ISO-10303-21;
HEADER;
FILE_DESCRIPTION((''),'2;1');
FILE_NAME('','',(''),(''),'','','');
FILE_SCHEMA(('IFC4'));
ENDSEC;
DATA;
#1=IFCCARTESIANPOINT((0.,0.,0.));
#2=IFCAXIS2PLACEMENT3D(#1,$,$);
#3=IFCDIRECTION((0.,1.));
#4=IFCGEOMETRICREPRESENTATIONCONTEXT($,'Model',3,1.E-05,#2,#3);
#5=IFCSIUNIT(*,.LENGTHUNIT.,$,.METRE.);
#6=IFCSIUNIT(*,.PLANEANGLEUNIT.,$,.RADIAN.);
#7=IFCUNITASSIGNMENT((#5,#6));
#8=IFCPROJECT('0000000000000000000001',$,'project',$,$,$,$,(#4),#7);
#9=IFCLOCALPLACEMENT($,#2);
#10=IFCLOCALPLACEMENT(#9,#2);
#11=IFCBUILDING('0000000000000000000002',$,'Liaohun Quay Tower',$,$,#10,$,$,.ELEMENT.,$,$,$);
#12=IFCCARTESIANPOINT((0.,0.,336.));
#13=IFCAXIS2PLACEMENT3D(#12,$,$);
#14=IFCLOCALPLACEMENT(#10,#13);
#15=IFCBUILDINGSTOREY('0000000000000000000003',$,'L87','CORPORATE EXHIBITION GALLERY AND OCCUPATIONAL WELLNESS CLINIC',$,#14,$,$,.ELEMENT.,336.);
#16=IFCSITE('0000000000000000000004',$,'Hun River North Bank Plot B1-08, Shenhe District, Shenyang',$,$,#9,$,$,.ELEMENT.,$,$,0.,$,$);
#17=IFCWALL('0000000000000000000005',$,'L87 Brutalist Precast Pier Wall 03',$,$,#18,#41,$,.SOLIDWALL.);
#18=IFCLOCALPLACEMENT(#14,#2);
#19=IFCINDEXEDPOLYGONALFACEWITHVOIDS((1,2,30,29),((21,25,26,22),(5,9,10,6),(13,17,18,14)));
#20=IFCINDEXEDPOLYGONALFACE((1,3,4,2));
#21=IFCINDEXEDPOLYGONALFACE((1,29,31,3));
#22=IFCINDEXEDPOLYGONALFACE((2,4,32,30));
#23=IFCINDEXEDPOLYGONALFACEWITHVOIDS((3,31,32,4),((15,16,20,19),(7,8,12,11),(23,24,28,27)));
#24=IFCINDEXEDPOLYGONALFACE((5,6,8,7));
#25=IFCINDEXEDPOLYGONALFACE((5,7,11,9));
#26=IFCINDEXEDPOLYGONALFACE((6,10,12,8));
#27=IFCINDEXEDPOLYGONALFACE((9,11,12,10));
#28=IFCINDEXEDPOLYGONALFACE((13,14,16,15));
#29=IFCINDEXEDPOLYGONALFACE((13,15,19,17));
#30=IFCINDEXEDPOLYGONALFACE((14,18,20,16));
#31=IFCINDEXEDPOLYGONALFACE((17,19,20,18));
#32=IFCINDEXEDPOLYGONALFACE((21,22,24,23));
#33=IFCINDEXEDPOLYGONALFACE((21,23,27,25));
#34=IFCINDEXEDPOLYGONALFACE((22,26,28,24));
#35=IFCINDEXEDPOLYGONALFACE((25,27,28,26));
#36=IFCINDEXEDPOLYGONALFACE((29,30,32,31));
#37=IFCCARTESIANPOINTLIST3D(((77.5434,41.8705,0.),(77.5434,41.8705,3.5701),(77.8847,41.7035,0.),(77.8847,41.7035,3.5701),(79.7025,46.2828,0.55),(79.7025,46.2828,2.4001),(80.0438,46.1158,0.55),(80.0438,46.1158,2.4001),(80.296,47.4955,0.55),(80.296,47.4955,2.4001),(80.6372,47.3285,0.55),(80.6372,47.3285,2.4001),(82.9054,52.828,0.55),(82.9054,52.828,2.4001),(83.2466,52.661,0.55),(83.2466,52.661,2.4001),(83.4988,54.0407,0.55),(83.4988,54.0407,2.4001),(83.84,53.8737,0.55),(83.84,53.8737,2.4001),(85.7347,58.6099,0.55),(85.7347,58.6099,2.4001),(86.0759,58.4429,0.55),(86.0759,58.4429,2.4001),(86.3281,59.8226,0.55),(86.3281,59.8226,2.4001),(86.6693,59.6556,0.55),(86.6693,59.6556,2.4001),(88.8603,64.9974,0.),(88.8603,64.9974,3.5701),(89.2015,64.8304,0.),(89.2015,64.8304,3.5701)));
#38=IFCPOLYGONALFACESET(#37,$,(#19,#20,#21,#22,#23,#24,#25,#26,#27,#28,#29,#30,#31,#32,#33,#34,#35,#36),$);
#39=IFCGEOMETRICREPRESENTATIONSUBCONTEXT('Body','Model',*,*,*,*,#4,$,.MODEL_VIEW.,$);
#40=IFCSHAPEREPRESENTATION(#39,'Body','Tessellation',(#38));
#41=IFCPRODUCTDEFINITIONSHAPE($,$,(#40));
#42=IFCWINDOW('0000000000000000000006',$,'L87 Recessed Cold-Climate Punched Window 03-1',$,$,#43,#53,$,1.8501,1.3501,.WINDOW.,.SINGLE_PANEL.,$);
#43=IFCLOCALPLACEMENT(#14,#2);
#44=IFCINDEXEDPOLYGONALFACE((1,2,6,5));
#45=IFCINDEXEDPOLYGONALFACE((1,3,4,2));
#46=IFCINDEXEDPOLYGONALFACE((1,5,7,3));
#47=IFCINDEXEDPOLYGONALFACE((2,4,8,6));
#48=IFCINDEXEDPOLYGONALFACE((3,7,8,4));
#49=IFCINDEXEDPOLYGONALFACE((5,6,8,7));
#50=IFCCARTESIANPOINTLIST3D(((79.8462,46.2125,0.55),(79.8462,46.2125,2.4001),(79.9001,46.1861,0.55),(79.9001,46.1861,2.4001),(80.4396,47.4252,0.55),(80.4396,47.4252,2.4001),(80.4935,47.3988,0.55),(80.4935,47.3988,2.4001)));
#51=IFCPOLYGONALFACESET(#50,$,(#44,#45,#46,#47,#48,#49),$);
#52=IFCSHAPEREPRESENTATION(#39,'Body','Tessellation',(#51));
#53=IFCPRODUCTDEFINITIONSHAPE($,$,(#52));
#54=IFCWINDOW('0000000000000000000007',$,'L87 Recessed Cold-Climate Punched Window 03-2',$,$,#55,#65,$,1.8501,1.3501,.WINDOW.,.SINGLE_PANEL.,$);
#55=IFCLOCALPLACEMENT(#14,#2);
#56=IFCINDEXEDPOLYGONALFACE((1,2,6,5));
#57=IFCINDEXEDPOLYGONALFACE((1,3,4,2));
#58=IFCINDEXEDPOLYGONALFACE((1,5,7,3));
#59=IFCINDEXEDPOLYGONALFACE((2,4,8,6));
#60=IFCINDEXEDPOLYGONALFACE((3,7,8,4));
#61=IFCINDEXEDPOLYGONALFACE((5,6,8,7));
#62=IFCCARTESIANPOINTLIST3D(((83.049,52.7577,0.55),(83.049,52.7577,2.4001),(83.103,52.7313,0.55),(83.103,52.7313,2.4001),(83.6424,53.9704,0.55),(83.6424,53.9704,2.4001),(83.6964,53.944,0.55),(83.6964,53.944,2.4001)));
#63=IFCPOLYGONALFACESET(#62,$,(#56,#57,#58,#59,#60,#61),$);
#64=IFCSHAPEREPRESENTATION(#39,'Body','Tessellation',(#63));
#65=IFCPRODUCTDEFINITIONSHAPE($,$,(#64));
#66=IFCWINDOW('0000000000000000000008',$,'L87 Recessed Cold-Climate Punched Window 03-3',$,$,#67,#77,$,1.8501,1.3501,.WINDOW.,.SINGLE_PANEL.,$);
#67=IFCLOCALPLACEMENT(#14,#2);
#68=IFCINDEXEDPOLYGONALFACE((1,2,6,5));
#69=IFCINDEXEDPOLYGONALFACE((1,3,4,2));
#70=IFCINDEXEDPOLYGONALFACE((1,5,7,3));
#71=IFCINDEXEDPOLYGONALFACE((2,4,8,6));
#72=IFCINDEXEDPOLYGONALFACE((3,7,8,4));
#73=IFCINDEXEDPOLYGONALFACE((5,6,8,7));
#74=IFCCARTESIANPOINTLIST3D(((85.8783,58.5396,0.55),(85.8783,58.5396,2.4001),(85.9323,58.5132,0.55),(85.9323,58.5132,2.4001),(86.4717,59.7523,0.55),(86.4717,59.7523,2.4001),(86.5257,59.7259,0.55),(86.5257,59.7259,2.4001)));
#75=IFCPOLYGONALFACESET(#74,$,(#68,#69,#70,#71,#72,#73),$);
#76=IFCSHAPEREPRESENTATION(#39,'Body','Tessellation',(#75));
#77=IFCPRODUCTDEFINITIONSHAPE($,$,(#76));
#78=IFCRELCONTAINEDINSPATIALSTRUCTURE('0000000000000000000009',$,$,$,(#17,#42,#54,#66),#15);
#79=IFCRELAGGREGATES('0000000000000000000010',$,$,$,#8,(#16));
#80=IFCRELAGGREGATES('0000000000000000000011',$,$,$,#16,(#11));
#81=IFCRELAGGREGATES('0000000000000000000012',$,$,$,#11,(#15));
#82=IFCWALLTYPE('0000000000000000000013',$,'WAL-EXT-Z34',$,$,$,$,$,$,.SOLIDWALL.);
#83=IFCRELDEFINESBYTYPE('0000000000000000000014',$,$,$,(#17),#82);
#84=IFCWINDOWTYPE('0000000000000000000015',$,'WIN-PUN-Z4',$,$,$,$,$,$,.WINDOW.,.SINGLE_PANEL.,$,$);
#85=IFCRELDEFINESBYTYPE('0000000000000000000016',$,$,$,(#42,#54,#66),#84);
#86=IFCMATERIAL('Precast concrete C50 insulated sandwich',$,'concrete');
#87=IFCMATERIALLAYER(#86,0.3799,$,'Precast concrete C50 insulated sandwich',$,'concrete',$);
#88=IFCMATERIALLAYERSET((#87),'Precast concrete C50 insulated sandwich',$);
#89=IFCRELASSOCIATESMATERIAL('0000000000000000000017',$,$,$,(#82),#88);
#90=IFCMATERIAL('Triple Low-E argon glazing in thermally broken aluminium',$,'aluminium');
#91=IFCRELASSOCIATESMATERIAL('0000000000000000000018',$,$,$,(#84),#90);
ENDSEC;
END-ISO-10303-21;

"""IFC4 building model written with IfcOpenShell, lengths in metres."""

from ifc_helpers import new_model, si_unit, direction, frame, frame_2d, origin, place, context, subcontext, project, spatial, rectangle, extrude, source, transform, mapped, material, layer, layer_set, type_object, element, fill, save


model = new_model("IFC4")

# Units and contexts
model_context = context("Model", 3, precision=1e-05, world=origin(), true_north=direction((0.0, 1.0)))
body_context = subcontext(model_context, "Body", "Model", "MODEL_VIEW")
ifc_project = project(units=[si_unit("LENGTHUNIT", "METRE"), si_unit("PLANEANGLEUNIT", "RADIAN")], contexts=[model_context])

# Site, building, storey
site_placement = place(None, origin())
site = spatial("IfcSite", under=ifc_project, at=site_placement, Name="Hun River North Bank Plot B1-08, Shenhe District, Shenyang", CompositionType="ELEMENT", RefElevation=0.0)
building_placement = place(site_placement, origin())
building = spatial("IfcBuilding", under=site, at=building_placement, Name="Liaohun Quay Tower", CompositionType="ELEMENT")
storey_placement = place(building_placement, frame((0.0, 0.0, 336.0)))
storey = spatial("IfcBuildingStorey", under=building, at=storey_placement, Name="L87", Description="CORPORATE EXHIBITION GALLERY AND OCCUPATIONAL WELLNESS CLINIC", CompositionType="ELEMENT", Elevation=336.0)

# Shared definitions
ifc_material_1 = material(Name="Precast concrete C50 insulated sandwich", Category="concrete")
ifc_layer_1 = layer(ifc_material_1, 0.3799, Name="Precast concrete C50 insulated sandwich", Category="concrete")
ifc_layer_set_1 = layer_set([ifc_layer_1], Name="Precast concrete C50 insulated sandwich")
wall_type_1 = type_object("IfcWallType", Name="WAL-EXT-Z34", PredefinedType="SOLIDWALL", material=ifc_layer_set_1)

# Wall, openings, windows
shared_shape_1 = source(origin(), body_context, "Body", "SweptSolid", [
    extrude(rectangle(XDim=1.3501, YDim=1.8501, at=frame_2d((0.675, 0.925))), frame((0.0, 0.2, 0.0), z_axis=(0.0, -1.0, 0.0), x_axis=(1.0, 0.0, 0.0)), (0.0, 0.0, 1.0), 0.3999),
])
ifc_material_2 = material(Name="Triple Low-E argon glazing in thermally broken aluminium", Category="aluminium")
window_type_1 = type_object("IfcWindowType", Name="WIN-PUN-Z4", PartitioningType="SINGLE_PANEL", PredefinedType="WINDOW", material=ifc_material_2)
shared_shape_2 = source(origin(), body_context, "Body", "SweptSolid", [
    extrude(rectangle(XDim=1.3501, YDim=1.8501, at=frame_2d((0.675, 0.925))), frame((0.0, 0.03, 0.0), z_axis=(0.0, -1.0, 0.0), x_axis=(1.0, 0.0, 0.0)), (0.0, 0.0, 1.0), 0.0601),
])
wall_1_placement = place(storey_placement, frame((77.7141, 41.7871, 0.0), z_axis=(0.0, 0.0, 1.0), x_axis=(0.439536, 0.898225, 0.0)))
wall_1 = element("IfcWall", 1, at=wall_1_placement, inside=storey, type_object=wall_type_1, Name="L87 Brutalist Precast Pier Wall 03", PredefinedType="SOLIDWALL", context=body_context, shape_type="SweptSolid", body=[
    extrude(rectangle(XDim=25.7473, YDim=0.3799, at=frame_2d((12.8735, 0.0))), origin(), (0.0, 0.0, 1.0), 3.5701),
])
opening_1_placement = place(wall_1_placement, frame((4.9121, 0.0, 0.55)))
opening_1 = element("IfcOpeningElement", 2, at=opening_1_placement, cuts=wall_1, PredefinedType="OPENING", context=body_context, shape_type="MappedRepresentation", body=[
    mapped(shared_shape_1, transform((0.0, 0.0, 0.0), x_axis=(1.0, 0.0, 0.0), y_axis=(0.0, 1.0, 0.0), z_axis=(0.0, 0.0, 1.0), scale=1.0)),
])
opening_2_placement = place(wall_1_placement, frame((12.199, 0.0, 0.55)))
opening_2 = element("IfcOpeningElement", 3, at=opening_2_placement, cuts=wall_1, PredefinedType="OPENING", context=body_context, shape_type="MappedRepresentation", body=[
    mapped(shared_shape_1, transform((0.0, 0.0, 0.0), x_axis=(1.0, 0.0, 0.0), y_axis=(0.0, 1.0, 0.0), z_axis=(0.0, 0.0, 1.0), scale=1.0)),
])
opening_3_placement = place(wall_1_placement, frame((18.636, 0.0, 0.55)))
opening_3 = element("IfcOpeningElement", 4, at=opening_3_placement, cuts=wall_1, PredefinedType="OPENING", context=body_context, shape_type="MappedRepresentation", body=[
    mapped(shared_shape_1, transform((0.0, 0.0, 0.0), x_axis=(1.0, 0.0, 0.0), y_axis=(0.0, 1.0, 0.0), z_axis=(0.0, 0.0, 1.0), scale=1.0)),
])
window_1_placement = place(opening_1_placement, origin())
window_1 = element("IfcWindow", 5, at=window_1_placement, inside=storey, type_object=window_type_1, Name="L87 Recessed Cold-Climate Punched Window 03-1", OverallHeight=1.8501, OverallWidth=1.3501, PartitioningType="SINGLE_PANEL", PredefinedType="WINDOW", context=body_context, shape_type="MappedRepresentation", body=[
    mapped(shared_shape_2, transform((0.0, 0.0, 0.0), x_axis=(1.0, 0.0, 0.0), y_axis=(0.0, 1.0, 0.0), z_axis=(0.0, 0.0, 1.0), scale=1.0)),
])
fill(opening_1, window_1)
window_2_placement = place(opening_2_placement, origin())
window_2 = element("IfcWindow", 6, at=window_2_placement, inside=storey, type_object=window_type_1, Name="L87 Recessed Cold-Climate Punched Window 03-2", OverallHeight=1.8501, OverallWidth=1.3501, PartitioningType="SINGLE_PANEL", PredefinedType="WINDOW", context=body_context, shape_type="MappedRepresentation", body=[
    mapped(shared_shape_2, transform((0.0, 0.0, 0.0), x_axis=(1.0, 0.0, 0.0), y_axis=(0.0, 1.0, 0.0), z_axis=(0.0, 0.0, 1.0), scale=1.0)),
])
fill(opening_2, window_2)
window_3_placement = place(opening_3_placement, origin())
window_3 = element("IfcWindow", 7, at=window_3_placement, inside=storey, type_object=window_type_1, Name="L87 Recessed Cold-Climate Punched Window 03-3", OverallHeight=1.8501, OverallWidth=1.3501, PartitioningType="SINGLE_PANEL", PredefinedType="WINDOW", context=body_context, shape_type="MappedRepresentation", body=[
    mapped(shared_shape_2, transform((0.0, 0.0, 0.0), x_axis=(1.0, 0.0, 0.0), y_axis=(0.0, 1.0, 0.0), z_axis=(0.0, 0.0, 1.0), scale=1.0)),
])
fill(opening_3, window_3)

save(model, "model.ifc")
